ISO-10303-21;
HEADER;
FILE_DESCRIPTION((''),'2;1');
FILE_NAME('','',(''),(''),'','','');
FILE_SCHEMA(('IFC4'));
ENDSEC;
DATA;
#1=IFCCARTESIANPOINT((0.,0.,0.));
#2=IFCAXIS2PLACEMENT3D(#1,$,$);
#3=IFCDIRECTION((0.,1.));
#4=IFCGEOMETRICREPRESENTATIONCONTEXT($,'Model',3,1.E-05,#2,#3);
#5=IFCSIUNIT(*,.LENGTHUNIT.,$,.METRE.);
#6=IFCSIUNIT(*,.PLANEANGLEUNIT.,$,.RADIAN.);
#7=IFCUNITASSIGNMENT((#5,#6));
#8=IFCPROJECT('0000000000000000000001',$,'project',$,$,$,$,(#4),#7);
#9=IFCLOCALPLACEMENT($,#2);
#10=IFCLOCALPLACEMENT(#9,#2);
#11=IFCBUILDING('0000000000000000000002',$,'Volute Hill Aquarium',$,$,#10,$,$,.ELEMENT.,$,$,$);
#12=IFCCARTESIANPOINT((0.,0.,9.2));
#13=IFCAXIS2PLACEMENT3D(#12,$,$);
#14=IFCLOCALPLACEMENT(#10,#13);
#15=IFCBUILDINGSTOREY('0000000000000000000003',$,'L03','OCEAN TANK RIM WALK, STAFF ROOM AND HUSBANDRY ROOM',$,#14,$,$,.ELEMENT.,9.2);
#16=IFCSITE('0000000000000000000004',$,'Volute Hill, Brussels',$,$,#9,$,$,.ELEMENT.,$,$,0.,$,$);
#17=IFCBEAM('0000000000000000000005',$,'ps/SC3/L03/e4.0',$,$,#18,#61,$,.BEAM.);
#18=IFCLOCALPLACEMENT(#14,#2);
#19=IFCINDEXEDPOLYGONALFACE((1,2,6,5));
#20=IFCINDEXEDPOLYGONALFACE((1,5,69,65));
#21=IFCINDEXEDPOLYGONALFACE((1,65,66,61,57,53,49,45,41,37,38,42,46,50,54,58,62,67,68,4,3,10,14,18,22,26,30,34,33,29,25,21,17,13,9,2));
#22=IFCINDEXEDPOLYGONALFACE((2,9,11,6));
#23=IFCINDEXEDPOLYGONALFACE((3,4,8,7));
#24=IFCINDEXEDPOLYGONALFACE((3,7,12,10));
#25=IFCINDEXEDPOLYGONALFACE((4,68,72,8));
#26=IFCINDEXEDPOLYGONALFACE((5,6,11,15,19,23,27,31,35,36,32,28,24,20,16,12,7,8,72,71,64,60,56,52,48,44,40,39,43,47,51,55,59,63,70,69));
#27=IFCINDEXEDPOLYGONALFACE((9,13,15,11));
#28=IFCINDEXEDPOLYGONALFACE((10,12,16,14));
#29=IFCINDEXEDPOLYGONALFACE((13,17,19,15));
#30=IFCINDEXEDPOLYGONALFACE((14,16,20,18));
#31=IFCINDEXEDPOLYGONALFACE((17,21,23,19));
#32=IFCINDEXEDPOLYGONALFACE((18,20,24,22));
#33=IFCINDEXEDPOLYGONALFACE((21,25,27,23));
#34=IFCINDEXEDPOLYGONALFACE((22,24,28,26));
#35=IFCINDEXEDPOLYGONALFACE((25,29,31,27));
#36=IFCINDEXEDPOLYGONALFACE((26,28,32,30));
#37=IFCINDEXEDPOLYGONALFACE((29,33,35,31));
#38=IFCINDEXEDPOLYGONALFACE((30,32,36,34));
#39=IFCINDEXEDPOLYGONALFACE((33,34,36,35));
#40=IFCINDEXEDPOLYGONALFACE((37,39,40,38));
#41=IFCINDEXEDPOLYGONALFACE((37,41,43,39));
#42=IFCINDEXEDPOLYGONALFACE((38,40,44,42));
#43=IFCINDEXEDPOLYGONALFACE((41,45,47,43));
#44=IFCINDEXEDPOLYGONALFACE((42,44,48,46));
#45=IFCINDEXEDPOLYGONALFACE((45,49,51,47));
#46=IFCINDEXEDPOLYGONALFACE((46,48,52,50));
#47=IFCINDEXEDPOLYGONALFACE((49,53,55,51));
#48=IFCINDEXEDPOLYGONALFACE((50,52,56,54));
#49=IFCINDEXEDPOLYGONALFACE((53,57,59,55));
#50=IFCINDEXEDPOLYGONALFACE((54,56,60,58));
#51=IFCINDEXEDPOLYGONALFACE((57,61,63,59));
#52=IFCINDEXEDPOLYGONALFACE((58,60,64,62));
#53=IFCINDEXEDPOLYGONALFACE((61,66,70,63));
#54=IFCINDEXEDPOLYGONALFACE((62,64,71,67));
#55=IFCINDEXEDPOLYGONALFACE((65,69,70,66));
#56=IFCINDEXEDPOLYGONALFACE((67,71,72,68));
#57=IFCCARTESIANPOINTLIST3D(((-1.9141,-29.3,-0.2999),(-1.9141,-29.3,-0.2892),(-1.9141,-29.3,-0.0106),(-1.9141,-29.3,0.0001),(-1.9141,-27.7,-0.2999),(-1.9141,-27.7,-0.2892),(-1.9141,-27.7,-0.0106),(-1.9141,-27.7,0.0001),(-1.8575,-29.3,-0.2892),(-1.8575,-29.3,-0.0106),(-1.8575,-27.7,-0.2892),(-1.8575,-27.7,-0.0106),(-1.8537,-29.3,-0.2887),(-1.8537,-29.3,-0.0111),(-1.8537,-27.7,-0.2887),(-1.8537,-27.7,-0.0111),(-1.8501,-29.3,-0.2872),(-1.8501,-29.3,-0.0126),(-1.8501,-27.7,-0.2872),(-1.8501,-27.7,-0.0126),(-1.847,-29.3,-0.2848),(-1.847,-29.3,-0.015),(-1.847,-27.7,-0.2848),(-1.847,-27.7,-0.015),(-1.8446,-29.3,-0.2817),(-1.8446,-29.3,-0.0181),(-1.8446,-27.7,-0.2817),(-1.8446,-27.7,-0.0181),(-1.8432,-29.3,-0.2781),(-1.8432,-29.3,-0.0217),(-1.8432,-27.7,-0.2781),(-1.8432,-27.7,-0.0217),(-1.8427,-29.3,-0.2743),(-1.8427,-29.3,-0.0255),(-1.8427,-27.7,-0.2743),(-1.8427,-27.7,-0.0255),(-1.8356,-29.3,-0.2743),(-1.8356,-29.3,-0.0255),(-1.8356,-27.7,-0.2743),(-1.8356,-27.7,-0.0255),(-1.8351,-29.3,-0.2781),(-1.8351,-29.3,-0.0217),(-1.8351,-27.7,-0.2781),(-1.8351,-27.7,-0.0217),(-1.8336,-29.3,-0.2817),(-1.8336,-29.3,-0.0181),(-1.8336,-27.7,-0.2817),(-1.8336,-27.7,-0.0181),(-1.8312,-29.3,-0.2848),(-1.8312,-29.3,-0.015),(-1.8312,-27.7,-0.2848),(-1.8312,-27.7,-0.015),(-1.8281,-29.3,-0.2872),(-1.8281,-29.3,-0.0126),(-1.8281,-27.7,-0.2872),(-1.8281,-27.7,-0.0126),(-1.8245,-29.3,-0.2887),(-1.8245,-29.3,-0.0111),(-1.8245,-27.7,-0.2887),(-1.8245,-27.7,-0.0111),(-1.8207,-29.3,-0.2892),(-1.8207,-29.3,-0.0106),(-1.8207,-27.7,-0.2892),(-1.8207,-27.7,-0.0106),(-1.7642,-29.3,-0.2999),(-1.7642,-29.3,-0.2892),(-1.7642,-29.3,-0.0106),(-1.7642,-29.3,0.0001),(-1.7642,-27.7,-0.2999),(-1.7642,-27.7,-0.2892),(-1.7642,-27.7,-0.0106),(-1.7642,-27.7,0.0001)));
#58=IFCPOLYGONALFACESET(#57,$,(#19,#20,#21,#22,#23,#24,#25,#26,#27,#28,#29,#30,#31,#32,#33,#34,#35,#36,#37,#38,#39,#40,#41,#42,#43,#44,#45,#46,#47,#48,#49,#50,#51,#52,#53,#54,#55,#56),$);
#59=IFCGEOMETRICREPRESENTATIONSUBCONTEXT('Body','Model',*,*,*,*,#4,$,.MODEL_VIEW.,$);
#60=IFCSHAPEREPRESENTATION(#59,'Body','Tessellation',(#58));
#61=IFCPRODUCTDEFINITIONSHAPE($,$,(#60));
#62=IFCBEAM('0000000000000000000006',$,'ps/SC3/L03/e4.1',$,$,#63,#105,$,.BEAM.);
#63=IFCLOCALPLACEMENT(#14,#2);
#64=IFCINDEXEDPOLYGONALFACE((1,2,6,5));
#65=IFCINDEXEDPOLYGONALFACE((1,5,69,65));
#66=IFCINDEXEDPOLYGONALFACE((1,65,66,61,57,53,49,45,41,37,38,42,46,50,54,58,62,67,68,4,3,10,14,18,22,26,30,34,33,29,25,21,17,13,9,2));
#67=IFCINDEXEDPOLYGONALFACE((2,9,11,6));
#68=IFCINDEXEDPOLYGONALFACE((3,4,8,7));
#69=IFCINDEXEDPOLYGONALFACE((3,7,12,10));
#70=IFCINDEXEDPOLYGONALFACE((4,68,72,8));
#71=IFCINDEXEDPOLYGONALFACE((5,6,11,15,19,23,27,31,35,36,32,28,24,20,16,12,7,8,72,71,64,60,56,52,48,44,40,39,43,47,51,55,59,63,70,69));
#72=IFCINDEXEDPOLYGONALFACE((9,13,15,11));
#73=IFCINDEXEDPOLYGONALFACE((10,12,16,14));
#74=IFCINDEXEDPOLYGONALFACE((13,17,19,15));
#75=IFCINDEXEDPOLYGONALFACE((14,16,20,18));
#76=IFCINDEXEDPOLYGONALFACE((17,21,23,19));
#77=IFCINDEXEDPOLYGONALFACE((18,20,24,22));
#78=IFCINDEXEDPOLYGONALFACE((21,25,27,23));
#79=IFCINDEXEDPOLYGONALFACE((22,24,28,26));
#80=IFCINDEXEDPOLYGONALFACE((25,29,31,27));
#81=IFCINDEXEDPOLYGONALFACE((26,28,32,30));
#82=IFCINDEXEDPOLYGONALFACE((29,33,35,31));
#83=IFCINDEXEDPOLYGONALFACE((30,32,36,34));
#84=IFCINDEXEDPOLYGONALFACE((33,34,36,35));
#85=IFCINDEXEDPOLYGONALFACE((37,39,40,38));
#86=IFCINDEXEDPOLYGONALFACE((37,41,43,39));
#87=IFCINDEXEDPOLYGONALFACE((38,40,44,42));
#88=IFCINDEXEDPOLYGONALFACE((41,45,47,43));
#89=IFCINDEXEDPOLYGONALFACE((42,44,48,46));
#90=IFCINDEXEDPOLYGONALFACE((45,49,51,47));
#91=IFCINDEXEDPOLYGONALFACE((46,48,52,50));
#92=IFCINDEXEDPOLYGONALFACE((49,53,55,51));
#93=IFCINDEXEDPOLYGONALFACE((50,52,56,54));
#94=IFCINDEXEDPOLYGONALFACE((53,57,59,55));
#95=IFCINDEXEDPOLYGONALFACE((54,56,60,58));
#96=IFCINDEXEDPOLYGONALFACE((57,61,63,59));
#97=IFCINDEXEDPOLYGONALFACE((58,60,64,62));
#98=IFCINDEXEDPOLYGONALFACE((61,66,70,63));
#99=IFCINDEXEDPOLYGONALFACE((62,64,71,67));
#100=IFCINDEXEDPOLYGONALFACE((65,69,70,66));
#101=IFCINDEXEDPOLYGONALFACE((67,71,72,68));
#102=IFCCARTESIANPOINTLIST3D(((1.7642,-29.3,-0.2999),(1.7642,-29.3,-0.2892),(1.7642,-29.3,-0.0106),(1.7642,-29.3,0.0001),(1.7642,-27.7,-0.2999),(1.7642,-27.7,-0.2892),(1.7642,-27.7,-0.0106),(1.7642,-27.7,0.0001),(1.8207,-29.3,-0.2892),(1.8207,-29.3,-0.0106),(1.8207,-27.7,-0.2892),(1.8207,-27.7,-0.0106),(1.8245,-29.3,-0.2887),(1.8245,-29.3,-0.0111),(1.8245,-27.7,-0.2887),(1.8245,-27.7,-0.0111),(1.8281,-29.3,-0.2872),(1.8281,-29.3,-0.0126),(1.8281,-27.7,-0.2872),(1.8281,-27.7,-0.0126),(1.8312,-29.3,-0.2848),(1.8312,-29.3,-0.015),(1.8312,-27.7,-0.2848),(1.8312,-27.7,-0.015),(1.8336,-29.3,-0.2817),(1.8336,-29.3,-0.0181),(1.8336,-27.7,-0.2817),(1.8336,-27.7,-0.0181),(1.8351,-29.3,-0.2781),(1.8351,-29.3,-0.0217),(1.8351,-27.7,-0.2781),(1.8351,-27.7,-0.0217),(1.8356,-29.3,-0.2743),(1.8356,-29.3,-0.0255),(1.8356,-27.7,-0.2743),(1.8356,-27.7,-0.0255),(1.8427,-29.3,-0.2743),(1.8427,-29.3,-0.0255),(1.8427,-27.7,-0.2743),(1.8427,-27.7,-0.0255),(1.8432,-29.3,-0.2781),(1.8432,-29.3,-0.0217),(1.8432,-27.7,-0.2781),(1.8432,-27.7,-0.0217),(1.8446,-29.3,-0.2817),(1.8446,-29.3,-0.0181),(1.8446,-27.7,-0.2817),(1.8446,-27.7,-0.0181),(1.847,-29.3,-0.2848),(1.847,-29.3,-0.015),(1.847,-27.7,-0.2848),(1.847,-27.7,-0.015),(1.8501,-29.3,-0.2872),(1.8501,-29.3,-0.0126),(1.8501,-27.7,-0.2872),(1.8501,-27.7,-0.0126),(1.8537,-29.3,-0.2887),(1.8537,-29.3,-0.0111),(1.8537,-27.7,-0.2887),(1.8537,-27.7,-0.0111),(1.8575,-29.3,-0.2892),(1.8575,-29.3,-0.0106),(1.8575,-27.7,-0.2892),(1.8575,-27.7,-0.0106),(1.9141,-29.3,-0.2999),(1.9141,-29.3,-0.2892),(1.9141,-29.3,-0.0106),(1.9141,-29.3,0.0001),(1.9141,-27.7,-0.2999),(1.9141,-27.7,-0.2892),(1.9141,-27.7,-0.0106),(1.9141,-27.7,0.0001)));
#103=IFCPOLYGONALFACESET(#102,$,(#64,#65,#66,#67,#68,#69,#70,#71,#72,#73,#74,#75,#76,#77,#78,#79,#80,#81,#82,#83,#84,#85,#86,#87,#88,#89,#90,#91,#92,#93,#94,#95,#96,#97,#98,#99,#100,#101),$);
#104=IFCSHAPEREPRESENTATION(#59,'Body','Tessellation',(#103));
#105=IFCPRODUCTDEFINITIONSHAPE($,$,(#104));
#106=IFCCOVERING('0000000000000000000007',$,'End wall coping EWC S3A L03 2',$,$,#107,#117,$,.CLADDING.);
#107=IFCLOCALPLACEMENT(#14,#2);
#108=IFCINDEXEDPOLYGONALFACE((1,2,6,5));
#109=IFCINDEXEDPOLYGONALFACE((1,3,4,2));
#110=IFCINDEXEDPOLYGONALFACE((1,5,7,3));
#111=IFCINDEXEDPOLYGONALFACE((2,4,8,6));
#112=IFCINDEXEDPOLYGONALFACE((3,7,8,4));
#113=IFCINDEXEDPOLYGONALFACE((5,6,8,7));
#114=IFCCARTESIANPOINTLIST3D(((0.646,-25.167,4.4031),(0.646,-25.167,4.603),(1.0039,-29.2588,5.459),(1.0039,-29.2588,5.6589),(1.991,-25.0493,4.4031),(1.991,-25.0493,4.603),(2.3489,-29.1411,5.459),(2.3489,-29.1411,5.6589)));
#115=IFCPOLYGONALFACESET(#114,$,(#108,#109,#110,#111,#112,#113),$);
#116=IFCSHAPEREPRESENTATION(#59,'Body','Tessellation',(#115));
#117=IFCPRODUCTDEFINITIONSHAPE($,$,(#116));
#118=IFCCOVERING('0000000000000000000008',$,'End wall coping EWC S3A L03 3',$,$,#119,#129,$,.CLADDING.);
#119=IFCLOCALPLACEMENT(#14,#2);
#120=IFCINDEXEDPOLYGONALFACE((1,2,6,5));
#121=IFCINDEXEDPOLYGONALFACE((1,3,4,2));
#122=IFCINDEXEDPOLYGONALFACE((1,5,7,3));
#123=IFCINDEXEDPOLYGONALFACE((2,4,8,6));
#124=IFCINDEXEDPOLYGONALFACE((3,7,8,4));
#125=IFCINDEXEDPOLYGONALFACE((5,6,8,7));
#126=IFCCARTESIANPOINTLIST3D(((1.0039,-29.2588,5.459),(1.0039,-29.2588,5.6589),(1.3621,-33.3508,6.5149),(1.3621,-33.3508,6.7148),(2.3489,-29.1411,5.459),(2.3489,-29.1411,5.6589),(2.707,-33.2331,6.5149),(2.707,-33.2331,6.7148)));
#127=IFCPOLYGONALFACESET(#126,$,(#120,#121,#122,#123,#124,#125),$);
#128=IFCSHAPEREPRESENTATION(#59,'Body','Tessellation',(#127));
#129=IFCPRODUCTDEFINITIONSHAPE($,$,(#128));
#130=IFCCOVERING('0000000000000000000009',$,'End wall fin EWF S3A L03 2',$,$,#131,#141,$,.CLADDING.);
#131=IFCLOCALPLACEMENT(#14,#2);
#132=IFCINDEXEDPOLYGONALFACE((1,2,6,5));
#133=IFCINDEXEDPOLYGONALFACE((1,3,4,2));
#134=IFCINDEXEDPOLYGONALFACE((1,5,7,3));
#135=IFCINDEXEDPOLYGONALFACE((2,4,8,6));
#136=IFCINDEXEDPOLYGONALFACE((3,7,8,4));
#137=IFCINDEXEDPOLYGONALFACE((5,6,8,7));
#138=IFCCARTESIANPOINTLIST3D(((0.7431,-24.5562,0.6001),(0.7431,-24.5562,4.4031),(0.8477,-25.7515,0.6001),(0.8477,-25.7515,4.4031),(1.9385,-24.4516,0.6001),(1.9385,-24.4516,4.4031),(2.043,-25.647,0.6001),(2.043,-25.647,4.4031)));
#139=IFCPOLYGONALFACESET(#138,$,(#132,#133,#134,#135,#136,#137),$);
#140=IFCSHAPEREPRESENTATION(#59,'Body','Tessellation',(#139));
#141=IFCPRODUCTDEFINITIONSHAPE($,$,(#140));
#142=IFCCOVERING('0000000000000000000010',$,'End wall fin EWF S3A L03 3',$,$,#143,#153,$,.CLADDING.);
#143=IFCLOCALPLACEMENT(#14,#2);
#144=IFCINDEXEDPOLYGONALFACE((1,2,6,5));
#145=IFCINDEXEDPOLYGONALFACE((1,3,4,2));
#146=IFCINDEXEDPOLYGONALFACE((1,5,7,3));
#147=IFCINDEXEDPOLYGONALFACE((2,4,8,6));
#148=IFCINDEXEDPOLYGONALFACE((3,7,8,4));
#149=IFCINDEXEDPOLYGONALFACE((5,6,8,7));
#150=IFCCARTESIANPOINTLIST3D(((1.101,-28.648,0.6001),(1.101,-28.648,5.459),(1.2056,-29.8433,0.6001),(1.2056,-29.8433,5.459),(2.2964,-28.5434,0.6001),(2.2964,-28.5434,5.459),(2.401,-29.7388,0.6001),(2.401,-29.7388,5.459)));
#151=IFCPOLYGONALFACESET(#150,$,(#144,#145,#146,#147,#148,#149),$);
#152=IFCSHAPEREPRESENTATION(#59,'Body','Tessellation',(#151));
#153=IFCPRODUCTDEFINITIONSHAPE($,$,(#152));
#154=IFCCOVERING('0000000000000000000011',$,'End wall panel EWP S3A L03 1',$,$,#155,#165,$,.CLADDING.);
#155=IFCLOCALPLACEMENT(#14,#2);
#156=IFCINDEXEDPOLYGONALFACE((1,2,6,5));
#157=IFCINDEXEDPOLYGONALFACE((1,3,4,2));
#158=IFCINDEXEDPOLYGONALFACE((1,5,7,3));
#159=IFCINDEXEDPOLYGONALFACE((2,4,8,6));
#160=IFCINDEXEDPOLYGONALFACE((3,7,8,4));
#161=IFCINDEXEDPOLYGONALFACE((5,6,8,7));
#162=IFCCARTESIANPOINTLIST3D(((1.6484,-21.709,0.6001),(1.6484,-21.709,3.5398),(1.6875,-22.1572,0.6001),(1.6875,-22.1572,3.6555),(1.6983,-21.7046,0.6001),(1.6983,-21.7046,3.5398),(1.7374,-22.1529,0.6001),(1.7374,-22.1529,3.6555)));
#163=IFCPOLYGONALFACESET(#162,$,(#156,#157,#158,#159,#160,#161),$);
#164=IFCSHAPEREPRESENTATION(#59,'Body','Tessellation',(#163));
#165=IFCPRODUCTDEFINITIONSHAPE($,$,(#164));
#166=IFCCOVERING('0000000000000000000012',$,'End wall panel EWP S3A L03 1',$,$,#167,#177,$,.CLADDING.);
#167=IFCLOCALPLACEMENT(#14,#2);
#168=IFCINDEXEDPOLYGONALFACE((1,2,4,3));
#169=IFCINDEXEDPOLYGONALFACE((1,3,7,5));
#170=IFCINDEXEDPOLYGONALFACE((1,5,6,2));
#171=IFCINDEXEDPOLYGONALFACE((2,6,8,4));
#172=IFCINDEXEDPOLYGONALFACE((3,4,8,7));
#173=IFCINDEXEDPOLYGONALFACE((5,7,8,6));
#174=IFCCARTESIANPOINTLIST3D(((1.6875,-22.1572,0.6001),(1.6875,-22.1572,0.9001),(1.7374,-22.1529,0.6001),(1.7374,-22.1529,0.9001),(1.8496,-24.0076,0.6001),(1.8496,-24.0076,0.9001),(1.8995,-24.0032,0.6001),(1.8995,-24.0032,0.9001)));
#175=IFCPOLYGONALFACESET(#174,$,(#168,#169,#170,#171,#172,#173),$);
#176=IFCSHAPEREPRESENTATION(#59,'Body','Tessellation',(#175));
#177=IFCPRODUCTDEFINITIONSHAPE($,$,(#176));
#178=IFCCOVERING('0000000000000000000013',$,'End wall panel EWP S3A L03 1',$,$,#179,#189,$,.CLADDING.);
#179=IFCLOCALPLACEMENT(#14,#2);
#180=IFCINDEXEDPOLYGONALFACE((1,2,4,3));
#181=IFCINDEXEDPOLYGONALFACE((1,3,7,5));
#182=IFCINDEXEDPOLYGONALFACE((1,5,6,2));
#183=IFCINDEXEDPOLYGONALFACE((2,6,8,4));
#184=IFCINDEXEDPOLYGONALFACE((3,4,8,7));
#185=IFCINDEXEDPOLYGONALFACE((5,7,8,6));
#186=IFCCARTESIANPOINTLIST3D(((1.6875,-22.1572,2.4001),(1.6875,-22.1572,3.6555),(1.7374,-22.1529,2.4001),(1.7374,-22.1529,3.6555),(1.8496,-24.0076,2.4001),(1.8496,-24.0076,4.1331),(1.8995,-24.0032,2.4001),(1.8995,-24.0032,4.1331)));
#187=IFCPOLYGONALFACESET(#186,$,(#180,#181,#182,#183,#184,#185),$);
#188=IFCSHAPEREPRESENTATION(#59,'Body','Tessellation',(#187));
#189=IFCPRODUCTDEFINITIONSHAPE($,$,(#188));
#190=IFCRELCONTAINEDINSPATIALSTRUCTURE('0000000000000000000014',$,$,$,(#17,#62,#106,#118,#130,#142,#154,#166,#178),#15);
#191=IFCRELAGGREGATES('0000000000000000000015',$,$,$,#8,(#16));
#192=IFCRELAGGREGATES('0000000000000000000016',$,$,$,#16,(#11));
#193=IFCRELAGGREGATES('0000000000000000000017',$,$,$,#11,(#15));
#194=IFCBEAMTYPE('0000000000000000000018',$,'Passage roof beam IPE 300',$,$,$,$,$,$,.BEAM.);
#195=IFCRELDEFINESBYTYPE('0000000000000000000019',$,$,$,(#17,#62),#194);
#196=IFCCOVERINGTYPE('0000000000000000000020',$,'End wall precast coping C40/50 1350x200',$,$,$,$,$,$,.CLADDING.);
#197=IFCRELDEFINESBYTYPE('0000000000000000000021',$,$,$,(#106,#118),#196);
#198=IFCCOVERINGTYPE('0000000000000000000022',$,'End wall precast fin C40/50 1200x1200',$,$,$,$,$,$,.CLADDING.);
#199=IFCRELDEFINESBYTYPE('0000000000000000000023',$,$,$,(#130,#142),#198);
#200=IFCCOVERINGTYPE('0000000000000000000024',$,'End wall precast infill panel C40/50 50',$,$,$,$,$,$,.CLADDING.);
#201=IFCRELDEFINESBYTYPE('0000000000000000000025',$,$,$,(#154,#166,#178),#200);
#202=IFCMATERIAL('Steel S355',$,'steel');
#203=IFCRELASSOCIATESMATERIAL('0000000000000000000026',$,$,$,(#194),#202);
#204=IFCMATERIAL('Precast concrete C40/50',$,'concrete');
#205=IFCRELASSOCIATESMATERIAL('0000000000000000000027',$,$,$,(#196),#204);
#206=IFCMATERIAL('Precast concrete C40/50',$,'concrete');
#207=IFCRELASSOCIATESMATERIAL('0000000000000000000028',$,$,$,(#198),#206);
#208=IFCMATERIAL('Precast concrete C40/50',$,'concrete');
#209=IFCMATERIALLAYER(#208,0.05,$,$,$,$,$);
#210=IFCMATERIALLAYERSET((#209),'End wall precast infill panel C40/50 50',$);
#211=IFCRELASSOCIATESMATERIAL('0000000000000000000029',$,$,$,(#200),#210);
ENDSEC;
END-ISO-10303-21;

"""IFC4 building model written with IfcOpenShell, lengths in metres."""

from ifc_helpers import new_model, si_unit, direction, frame, origin, origin_2d, place, context, subcontext, project, spatial, polyline, rectangle, i_section, outline, extrude, material, layer, layer_set, material_profile, profile_set, type_object, element, save


model = new_model("IFC4")

# Units and contexts
model_context = context("Model", 3, precision=1e-05, world=origin(), true_north=direction((0.0, 1.0)))
body_context = subcontext(model_context, "Body", "Model", "MODEL_VIEW")
ifc_project = project(units=[si_unit("LENGTHUNIT", "METRE"), si_unit("PLANEANGLEUNIT", "RADIAN")], contexts=[model_context])

# Site, building, storey
site_placement = place(None, origin())
site = spatial("IfcSite", under=ifc_project, at=site_placement, Name="Volute Hill, Brussels", CompositionType="ELEMENT", RefElevation=0.0)
building_placement = place(site_placement, origin())
building = spatial("IfcBuilding", under=site, at=building_placement, Name="Volute Hill Aquarium", CompositionType="ELEMENT")
storey_placement = place(building_placement, frame((0.0, 0.0, 9.2)))
storey = spatial("IfcBuildingStorey", under=building, at=storey_placement, Name="L03", Description="OCEAN TANK RIM WALK, STAFF ROOM AND HUSBANDRY ROOM", CompositionType="ELEMENT", Elevation=9.2)

# Beams
ifc_material_1 = material(Name="Steel S355", Category="steel")
ifc_material_profile_1 = material_profile(ifc_material_1, i_section(OverallWidth=0.1499, OverallDepth=0.3, WebThickness=0.0071, FlangeThickness=0.0107, FilletRadius=0.0149, at=origin_2d()), Name="IPE 300")
ifc_profile_set_1 = profile_set([ifc_material_profile_1], Name="Steel S355")
beam_type_1 = type_object("IfcBeamType", Name="Passage roof beam IPE 300", PredefinedType="BEAM", material=ifc_profile_set_1)
for number, where, z_axis, x_axis, name in (
    (1, (-1.8391, -27.7, -0.1499), (0.0, -1.0, 0.0), (1.0, 0.0, 0.0), "ps/SC3/L03/e4.0"),
    (2, (1.8391, -27.7, -0.1499), (0.0, -1.0, 0.0), (1.0, 0.0, 0.0), "ps/SC3/L03/e4.1"),
):
    element("IfcBeam", number, at=place(storey_placement, frame(where, z_axis=z_axis, x_axis=x_axis)), inside=storey, type_object=beam_type_1, Name=name, PredefinedType="BEAM", context=body_context, shape_type="SweptSolid", body=[
        extrude(i_section(OverallWidth=0.1499, OverallDepth=0.3, WebThickness=0.0071, FlangeThickness=0.0107, FilletRadius=0.0149, at=origin_2d()), origin(), (0.0, 0.0, 1.0), 1.6001),
    ])

# Coverings
ifc_material_2 = material(Name="Precast concrete C40/50", Category="concrete")
covering_type_1 = type_object("IfcCoveringType", Name="End wall precast coping C40/50 1350x200", PredefinedType="CLADDING", material=ifc_material_2)
covering_1_placement = place(storey_placement, frame((0.646, -25.167, 4.4031), z_axis=(-0.996196, -0.087137, 0.0), x_axis=(0.084393, -0.964825, 0.248978)))
element("IfcCovering", 3, at=covering_1_placement, inside=storey, type_object=covering_type_1, Name="End wall coping EWC S3A L03 2", PredefinedType="CLADDING", context=body_context, shape_type="SweptSolid", body=[
    extrude(outline(polyline([(0.0, 0.0), (4.241, 0.0), (4.2908, 0.1937), (0.0498, 0.1937), (0.0, 0.0)])), origin(), (0.0, 0.0, -1.0), 1.3501),
])
covering_2_placement = place(storey_placement, frame((1.0039, -29.2588, 5.459), z_axis=(-0.996192, -0.087191, 0.0), x_axis=(0.084446, -0.964825, 0.248963)))
element("IfcCovering", 4, at=covering_2_placement, inside=storey, type_object=covering_type_1, Name="End wall coping EWC S3A L03 3", PredefinedType="CLADDING", context=body_context, shape_type="SweptSolid", body=[
    extrude(outline(polyline([(0.0, 0.0), (4.2412, 0.0), (4.291, 0.1937), (0.0498, 0.1937), (0.0, 0.0)])), origin(), (0.0, 0.0, -1.0), 1.3501),
])
ifc_material_3 = material(Name="Precast concrete C40/50", Category="concrete")
covering_type_2 = type_object("IfcCoveringType", Name="End wall precast fin C40/50 1200x1200", PredefinedType="CLADDING", material=ifc_material_3)
covering_3_placement = place(storey_placement, frame((1.3931, -25.1016, 0.6001), z_axis=(0.0, 0.0, 1.0), x_axis=(0.087154, -0.996195, 0.0)))
element("IfcCovering", 5, at=covering_3_placement, inside=storey, type_object=covering_type_2, Name="End wall fin EWF S3A L03 2", PredefinedType="CLADDING", context=body_context, shape_type="SweptSolid", body=[
    extrude(rectangle(XDim=1.2, YDim=1.2, at=origin_2d()), origin(), (0.0, 0.0, 1.0), 3.803),
])
covering_4_placement = place(storey_placement, frame((1.751, -29.1934, 0.6001), z_axis=(0.0, 0.0, 1.0), x_axis=(0.087154, -0.996195, 0.0)))
element("IfcCovering", 6, at=covering_4_placement, inside=storey, type_object=covering_type_2, Name="End wall fin EWF S3A L03 3", PredefinedType="CLADDING", context=body_context, shape_type="SweptSolid", body=[
    extrude(rectangle(XDim=1.2, YDim=1.2, at=origin_2d()), origin(), (0.0, 0.0, 1.0), 4.8589),
])
ifc_material_4 = material(Name="Precast concrete C40/50", Category="concrete")
ifc_layer = layer(ifc_material_4, 0.05)
ifc_layer_set = layer_set([ifc_layer], Name="End wall precast infill panel C40/50 50")
covering_type_3 = type_object("IfcCoveringType", Name="End wall precast infill panel C40/50 50", PredefinedType="CLADDING", material=ifc_layer_set)
covering_5_placement = place(storey_placement, frame((1.6484, -21.709, 0.6001), z_axis=(-0.996224, -0.086817, 0.0), x_axis=(0.086817, -0.996224, 0.0)))
element("IfcCovering", 7, at=covering_5_placement, inside=storey, type_object=covering_type_3, Name="End wall panel EWP S3A L03 1", PredefinedType="CLADDING", context=body_context, shape_type="SweptSolid", body=[
    extrude(outline(polyline([(0.0, 0.0), (0.4499, 0.0), (0.4499, 3.0554), (0.0, 2.9397), (0.0, 0.0)])), origin(), (0.0, 0.0, -1.0), 0.05),
])
covering_6_placement = place(storey_placement, frame((1.6875, -22.1572, 0.6001), z_axis=(-0.996184, -0.087276, 0.0), x_axis=(0.087276, -0.996184, 0.0)))
element("IfcCovering", 8, at=covering_6_placement, inside=storey, type_object=covering_type_3, Name="End wall panel EWP S3A L03 1", PredefinedType="CLADDING", context=body_context, shape_type="SweptSolid", body=[
    extrude(outline(polyline([(0.0, 0.0), (1.8574, 0.0), (1.8574, 0.3), (0.0, 0.3), (0.0, 0.0)])), origin(), (0.0, 0.0, -1.0), 0.05),
])
covering_7_placement = place(storey_placement, frame((1.6875, -22.1572, 2.4001), z_axis=(-0.996184, -0.087276, 0.0), x_axis=(0.087276, -0.996184, 0.0)))
element("IfcCovering", 9, at=covering_7_placement, inside=storey, type_object=covering_type_3, Name="End wall panel EWP S3A L03 1", PredefinedType="CLADDING", context=body_context, shape_type="SweptSolid", body=[
    extrude(outline(polyline([(0.0, 0.0), (1.8574, 0.0), (1.8574, 1.7329), (0.0, 1.2554), (0.0, 0.0)])), origin(), (0.0, 0.0, -1.0), 0.05),
])

save(model, "model.ifc")
